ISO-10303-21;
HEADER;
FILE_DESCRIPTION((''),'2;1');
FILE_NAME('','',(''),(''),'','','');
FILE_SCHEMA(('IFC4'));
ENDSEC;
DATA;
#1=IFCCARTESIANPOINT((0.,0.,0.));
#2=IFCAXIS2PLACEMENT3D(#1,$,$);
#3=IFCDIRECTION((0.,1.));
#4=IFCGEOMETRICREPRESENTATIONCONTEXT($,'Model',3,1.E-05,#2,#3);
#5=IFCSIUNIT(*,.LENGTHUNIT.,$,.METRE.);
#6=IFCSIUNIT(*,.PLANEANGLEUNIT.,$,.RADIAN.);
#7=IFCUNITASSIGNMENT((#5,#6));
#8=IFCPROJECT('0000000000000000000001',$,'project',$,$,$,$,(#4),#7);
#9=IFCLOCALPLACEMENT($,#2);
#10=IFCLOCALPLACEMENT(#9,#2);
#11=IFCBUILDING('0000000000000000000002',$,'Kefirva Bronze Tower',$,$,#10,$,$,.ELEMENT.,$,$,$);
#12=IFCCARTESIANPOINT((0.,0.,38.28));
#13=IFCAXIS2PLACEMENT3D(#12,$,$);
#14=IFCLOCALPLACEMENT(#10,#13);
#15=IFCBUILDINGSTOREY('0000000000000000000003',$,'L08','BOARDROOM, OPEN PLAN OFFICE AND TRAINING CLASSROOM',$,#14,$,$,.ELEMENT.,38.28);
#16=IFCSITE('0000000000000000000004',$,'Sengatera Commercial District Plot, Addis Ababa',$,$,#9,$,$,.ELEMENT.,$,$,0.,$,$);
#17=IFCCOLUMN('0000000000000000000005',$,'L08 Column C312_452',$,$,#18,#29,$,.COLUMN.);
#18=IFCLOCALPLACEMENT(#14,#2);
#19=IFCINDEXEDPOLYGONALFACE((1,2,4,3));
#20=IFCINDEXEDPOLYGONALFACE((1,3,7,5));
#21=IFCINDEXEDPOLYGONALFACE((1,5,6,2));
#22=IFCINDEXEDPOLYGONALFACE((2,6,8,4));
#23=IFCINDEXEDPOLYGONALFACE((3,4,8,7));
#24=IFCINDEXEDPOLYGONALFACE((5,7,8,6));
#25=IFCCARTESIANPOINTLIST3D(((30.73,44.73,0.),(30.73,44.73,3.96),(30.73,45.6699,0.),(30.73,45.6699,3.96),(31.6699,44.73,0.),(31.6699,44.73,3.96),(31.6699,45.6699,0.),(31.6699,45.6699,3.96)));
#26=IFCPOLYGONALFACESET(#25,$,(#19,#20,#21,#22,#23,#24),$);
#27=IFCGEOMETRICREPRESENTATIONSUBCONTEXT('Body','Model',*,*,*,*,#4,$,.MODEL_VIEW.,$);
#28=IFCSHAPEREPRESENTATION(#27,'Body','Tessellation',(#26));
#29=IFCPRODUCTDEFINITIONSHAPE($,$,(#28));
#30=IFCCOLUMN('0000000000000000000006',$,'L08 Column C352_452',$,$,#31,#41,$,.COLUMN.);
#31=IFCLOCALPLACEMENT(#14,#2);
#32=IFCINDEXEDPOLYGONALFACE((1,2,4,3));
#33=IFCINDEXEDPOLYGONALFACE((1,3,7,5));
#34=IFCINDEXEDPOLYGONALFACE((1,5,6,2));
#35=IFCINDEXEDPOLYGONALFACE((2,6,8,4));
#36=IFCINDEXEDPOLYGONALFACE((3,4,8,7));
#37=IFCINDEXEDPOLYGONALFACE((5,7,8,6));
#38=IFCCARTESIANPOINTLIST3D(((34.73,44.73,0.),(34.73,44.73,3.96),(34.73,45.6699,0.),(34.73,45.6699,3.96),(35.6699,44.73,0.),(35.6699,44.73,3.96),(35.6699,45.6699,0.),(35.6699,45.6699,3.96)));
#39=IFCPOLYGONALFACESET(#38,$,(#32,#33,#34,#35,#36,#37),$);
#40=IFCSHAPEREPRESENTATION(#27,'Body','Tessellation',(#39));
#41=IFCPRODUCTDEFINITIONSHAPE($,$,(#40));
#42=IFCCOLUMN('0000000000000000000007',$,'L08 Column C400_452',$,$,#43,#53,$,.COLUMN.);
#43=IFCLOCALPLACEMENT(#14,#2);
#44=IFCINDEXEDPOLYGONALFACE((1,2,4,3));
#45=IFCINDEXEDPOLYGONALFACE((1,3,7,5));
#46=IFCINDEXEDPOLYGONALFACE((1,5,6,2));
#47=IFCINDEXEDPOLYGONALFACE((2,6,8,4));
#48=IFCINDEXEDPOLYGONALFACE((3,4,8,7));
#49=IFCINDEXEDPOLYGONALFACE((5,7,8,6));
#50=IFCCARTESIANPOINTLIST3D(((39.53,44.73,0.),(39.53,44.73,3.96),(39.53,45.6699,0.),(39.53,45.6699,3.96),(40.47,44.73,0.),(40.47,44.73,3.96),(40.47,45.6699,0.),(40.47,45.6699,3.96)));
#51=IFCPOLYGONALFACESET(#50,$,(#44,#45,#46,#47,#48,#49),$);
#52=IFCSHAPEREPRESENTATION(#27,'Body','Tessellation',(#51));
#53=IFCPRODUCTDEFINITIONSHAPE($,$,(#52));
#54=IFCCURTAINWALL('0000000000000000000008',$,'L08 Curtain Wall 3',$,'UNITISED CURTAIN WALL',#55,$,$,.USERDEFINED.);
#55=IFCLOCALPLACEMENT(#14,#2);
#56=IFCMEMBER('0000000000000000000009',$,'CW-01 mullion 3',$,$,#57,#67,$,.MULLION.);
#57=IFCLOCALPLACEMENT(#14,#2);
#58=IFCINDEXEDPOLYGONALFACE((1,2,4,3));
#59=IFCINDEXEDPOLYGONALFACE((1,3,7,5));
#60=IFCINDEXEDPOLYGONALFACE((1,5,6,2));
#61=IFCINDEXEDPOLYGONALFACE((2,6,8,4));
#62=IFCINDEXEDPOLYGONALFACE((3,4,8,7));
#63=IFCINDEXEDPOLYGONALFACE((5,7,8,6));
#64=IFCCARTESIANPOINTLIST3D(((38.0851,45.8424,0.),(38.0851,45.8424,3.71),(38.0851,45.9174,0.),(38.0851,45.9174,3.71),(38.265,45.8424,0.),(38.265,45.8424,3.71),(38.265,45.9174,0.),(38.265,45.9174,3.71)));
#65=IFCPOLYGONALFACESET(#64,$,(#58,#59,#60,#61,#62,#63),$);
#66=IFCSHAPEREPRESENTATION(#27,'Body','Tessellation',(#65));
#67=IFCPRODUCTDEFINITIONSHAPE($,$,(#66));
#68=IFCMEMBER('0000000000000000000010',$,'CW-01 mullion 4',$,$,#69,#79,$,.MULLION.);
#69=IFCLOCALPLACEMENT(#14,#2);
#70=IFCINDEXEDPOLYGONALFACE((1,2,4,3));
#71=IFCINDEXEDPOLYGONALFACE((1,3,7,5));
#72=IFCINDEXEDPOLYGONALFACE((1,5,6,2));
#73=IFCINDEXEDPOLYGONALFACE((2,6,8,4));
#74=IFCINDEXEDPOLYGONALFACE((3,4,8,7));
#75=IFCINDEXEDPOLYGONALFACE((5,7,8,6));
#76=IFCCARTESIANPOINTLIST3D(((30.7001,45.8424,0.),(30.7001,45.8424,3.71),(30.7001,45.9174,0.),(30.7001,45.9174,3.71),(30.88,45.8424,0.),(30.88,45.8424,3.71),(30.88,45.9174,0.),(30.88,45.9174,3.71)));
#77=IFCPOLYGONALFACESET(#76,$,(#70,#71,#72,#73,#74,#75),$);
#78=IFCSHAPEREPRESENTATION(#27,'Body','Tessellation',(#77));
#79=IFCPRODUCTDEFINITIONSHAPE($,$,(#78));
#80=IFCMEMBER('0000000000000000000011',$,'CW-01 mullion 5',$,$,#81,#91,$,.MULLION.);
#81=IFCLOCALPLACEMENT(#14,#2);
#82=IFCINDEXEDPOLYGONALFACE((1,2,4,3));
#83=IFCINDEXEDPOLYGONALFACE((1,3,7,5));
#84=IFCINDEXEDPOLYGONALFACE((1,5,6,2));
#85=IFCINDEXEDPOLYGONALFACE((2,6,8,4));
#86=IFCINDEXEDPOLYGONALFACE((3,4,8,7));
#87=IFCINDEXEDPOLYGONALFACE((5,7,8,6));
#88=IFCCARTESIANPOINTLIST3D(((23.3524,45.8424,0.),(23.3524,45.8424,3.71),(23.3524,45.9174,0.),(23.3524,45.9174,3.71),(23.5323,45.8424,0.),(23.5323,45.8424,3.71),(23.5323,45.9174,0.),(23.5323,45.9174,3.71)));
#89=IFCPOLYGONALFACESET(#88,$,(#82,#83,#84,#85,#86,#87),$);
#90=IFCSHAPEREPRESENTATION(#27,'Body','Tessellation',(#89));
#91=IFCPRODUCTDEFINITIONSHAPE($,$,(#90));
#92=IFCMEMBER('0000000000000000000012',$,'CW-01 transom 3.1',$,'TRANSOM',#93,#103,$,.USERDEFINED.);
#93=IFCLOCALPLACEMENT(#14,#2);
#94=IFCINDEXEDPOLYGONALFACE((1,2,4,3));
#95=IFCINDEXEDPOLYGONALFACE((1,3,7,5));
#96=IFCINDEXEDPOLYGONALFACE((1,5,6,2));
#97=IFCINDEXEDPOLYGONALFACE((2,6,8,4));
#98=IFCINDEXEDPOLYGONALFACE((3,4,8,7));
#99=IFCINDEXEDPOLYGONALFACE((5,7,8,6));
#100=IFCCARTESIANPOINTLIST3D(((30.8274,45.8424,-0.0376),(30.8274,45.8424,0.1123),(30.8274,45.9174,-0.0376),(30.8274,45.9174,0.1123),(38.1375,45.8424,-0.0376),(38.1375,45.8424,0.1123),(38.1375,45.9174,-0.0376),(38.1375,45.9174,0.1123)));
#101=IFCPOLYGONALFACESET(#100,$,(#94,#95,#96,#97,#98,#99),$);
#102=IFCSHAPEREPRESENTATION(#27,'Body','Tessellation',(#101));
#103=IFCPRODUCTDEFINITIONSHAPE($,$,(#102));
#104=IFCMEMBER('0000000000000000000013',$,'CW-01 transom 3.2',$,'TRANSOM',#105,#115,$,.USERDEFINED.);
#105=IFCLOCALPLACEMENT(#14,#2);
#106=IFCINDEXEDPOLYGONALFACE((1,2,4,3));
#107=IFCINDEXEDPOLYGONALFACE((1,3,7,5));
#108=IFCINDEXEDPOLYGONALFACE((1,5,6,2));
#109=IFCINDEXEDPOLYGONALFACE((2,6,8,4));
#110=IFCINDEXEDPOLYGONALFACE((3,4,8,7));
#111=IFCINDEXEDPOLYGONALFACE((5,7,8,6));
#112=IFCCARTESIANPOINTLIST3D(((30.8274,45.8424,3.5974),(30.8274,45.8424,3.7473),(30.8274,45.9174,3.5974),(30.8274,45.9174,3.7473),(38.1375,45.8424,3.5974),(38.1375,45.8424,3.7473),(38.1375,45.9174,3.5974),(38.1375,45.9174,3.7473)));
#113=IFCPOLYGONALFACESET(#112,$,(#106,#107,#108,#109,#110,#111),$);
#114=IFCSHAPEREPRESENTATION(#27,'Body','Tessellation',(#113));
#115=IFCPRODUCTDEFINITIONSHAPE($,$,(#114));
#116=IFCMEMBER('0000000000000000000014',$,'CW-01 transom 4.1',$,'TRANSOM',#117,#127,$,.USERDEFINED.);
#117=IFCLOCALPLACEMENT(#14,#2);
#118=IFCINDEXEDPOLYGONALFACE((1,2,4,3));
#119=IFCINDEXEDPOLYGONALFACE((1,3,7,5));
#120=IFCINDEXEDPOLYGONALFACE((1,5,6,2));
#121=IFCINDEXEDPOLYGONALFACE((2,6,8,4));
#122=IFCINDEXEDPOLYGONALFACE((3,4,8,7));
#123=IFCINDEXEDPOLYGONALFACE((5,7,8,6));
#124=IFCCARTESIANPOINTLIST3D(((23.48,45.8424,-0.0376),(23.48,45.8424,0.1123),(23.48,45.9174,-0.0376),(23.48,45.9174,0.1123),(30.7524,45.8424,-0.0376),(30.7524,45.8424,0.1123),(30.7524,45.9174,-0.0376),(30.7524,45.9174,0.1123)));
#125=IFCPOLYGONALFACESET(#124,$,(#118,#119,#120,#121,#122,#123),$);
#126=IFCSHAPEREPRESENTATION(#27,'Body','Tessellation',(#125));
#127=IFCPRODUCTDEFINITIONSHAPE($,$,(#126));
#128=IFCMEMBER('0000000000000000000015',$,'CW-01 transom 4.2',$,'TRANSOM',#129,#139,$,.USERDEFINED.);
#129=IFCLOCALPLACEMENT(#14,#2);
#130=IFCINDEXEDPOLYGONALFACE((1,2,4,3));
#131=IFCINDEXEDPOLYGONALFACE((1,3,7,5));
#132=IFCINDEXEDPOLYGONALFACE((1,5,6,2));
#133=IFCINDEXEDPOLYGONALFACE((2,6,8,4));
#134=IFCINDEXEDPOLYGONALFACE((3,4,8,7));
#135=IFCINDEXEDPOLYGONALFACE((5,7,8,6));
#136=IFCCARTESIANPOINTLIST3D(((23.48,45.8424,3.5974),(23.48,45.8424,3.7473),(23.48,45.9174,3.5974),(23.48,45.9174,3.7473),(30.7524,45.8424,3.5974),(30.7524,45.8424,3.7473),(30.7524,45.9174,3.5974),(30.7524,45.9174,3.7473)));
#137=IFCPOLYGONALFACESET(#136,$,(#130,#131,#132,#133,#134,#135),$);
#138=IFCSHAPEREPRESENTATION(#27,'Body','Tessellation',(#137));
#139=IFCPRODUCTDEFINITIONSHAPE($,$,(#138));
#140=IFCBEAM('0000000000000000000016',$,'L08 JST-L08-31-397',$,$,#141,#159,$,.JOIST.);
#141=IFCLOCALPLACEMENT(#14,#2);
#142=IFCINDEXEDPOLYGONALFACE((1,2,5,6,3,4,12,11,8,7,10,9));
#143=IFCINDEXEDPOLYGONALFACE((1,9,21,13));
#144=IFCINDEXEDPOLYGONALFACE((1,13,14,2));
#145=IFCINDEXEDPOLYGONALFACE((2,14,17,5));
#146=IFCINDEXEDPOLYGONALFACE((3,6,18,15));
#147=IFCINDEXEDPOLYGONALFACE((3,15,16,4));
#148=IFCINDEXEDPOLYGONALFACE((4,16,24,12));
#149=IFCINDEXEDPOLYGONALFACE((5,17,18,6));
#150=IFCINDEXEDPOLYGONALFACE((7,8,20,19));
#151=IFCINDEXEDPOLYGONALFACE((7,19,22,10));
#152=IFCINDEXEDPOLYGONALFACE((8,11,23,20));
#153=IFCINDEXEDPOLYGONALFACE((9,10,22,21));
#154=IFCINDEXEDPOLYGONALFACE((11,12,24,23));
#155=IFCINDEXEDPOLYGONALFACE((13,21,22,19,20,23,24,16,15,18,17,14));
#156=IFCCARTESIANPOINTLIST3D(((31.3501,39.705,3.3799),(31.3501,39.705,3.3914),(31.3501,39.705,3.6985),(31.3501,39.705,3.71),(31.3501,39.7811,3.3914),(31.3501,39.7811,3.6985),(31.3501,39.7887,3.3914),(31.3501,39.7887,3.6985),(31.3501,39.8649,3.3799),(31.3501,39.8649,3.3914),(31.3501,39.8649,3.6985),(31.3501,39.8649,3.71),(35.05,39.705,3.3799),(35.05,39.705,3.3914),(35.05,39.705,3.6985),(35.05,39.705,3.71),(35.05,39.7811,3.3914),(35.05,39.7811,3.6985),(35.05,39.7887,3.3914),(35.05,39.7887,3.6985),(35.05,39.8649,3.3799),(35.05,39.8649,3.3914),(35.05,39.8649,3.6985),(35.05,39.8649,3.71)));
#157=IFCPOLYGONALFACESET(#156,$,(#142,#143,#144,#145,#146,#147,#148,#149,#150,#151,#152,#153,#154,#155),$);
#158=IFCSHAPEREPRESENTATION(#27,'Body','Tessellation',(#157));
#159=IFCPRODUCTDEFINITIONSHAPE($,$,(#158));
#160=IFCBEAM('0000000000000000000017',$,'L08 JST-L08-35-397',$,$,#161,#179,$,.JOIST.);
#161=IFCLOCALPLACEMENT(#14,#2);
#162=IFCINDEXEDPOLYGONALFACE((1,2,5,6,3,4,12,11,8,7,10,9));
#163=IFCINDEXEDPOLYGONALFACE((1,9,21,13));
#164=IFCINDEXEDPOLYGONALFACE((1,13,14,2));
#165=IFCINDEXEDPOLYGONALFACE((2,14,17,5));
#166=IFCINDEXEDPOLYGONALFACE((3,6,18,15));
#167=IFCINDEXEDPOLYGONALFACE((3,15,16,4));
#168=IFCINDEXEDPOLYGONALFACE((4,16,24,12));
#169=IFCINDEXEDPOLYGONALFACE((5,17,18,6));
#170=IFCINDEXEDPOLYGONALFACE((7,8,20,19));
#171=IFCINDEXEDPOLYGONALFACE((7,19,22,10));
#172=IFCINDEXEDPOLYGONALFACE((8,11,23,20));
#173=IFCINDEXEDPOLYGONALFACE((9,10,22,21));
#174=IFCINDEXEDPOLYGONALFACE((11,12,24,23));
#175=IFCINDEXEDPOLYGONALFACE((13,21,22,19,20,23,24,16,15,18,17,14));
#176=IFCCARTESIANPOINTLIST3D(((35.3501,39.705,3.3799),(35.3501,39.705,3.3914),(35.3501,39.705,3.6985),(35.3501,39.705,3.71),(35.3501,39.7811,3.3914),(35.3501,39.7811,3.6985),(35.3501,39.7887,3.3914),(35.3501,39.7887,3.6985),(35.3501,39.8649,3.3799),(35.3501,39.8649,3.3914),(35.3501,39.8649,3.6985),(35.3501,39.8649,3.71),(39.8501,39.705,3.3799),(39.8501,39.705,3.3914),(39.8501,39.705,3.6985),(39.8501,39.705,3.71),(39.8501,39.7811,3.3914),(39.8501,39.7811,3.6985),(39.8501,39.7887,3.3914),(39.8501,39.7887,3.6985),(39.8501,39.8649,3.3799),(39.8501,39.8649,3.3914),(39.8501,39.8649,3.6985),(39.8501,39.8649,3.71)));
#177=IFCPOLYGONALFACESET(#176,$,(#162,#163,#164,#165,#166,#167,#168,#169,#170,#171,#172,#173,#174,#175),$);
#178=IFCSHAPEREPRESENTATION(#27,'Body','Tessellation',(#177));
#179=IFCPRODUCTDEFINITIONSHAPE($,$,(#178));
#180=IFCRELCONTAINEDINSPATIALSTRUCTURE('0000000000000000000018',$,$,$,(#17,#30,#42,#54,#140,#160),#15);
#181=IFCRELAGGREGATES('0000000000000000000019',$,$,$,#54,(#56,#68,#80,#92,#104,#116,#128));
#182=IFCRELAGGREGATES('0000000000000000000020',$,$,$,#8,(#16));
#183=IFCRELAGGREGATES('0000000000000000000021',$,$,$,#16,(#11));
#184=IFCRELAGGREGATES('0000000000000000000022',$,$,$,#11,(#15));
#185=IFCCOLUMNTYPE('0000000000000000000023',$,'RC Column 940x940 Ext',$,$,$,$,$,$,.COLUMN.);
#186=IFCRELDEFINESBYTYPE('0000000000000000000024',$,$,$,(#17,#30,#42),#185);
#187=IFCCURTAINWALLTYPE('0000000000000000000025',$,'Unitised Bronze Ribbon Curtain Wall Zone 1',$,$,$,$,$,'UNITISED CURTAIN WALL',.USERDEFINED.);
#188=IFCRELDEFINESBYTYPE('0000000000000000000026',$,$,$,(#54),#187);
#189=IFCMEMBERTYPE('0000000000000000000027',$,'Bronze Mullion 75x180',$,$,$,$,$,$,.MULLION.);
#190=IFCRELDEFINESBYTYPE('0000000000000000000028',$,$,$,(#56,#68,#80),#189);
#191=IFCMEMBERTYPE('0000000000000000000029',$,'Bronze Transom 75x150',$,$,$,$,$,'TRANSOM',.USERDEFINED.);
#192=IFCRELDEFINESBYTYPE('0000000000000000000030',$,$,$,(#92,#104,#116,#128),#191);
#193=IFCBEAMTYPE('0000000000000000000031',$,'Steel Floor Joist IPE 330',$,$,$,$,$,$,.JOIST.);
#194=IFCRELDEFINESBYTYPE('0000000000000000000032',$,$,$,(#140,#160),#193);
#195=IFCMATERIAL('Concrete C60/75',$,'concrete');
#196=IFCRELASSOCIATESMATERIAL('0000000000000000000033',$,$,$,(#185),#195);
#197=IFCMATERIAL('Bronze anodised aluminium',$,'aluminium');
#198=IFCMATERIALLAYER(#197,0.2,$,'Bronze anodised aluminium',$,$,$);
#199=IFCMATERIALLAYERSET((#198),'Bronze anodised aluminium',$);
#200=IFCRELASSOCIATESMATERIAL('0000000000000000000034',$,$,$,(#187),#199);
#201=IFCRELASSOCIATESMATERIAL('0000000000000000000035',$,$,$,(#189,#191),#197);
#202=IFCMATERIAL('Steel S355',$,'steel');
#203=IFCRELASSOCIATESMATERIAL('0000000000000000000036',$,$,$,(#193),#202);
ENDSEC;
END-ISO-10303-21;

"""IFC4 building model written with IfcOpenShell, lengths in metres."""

from ifc_helpers import new_model, si_unit, direction, frame, origin, origin_2d, place, context, subcontext, project, spatial, rectangle, i_section, extrude, material, layer, layer_set, material_profile, profile_set, type_object, element, aggregate, save


model = new_model("IFC4")

# Units and contexts
model_context = context("Model", 3, precision=1e-05, world=origin(), true_north=direction((0.0, 1.0)))
body_context = subcontext(model_context, "Body", "Model", "MODEL_VIEW")
ifc_project = project(units=[si_unit("LENGTHUNIT", "METRE"), si_unit("PLANEANGLEUNIT", "RADIAN")], contexts=[model_context])

# Site, building, storey
site_placement = place(None, origin())
site = spatial("IfcSite", under=ifc_project, at=site_placement, Name="Sengatera Commercial District Plot, Addis Ababa", CompositionType="ELEMENT", RefElevation=0.0)
building_placement = place(site_placement, origin())
building = spatial("IfcBuilding", under=site, at=building_placement, Name="Kefirva Bronze Tower", CompositionType="ELEMENT")
storey_placement = place(building_placement, frame((0.0, 0.0, 38.28)))
storey = spatial("IfcBuildingStorey", under=building, at=storey_placement, Name="L08", Description="BOARDROOM, OPEN PLAN OFFICE AND TRAINING CLASSROOM", CompositionType="ELEMENT", Elevation=38.28)

# Columns
ifc_material_1 = material(Name="Concrete C60/75", Category="concrete")
ifc_material_profile_1 = material_profile(ifc_material_1, rectangle(XDim=0.9399, YDim=0.9399, at=origin_2d()), Name="RC 940x940")
ifc_profile_set_1 = profile_set([ifc_material_profile_1], Name="Concrete C60/75")
column_type = type_object("IfcColumnType", Name="RC Column 940x940 Ext", PredefinedType="COLUMN", material=ifc_profile_set_1)
for number, where, z_axis, x_axis, name in (
    (1, (31.2, 45.2, 0.0), (0.0, 0.0, 1.0), (1.0, 0.0, 0.0), "L08 Column C312_452"),
    (2, (35.2, 45.2, 0.0), (0.0, 0.0, 1.0), (1.0, 0.0, 0.0), "L08 Column C352_452"),
    (3, (40.0, 45.2, 0.0), (0.0, 0.0, 1.0), (1.0, 0.0, 0.0), "L08 Column C400_452"),
):
    element("IfcColumn", number, at=place(storey_placement, frame(where, z_axis=z_axis, x_axis=x_axis)), inside=storey, type_object=column_type, Name=name, PredefinedType="COLUMN", context=body_context, shape_type="SweptSolid", body=[
        extrude(rectangle(XDim=0.9399, YDim=0.9399, at=origin_2d()), origin(), (0.0, 0.0, 1.0), 3.96),
    ])

# Curtain wall, members
ifc_material_2 = material(Name="Bronze anodised aluminium", Category="aluminium")
ifc_layer_1 = layer(ifc_material_2, 0.2, Name="Bronze anodised aluminium")
ifc_layer_set_1 = layer_set([ifc_layer_1], Name="Bronze anodised aluminium")
curtain_wall_type = type_object("IfcCurtainWallType", Name="Unitised Bronze Ribbon Curtain Wall Zone 1", ElementType="UNITISED CURTAIN WALL", PredefinedType="USERDEFINED", material=ifc_layer_set_1)
curtain_wall_placement = place(storey_placement, origin())
curtain_wall = element("IfcCurtainWall", 4, at=curtain_wall_placement, inside=storey, type_object=curtain_wall_type, Name="L08 Curtain Wall 3", ObjectType="UNITISED CURTAIN WALL", PredefinedType="USERDEFINED")
ifc_material_profile_2 = material_profile(ifc_material_2, rectangle(XDim=0.075, YDim=0.1799, at=origin_2d()), Name="ALU 75x180")
ifc_profile_set_2 = profile_set([ifc_material_profile_2], Name="Bronze anodised aluminium")
member_type_1 = type_object("IfcMemberType", Name="Bronze Mullion 75x180", PredefinedType="MULLION", material=ifc_profile_set_2)
member_1_placement = place(storey_placement, frame((38.175, 45.8799, 0.0), z_axis=(0.0, 0.0, 1.0), x_axis=(0.0, -1.0, 0.0)))
member_1 = element("IfcMember", 5, at=member_1_placement, type_object=member_type_1, Name="CW-01 mullion 3", PredefinedType="MULLION", context=body_context, shape_type="SweptSolid", body=[
    extrude(rectangle(XDim=0.075, YDim=0.1799, at=origin_2d()), origin(), (0.0, 0.0, 1.0), 3.71),
])
member_2_placement = place(storey_placement, frame((30.79, 45.8799, 0.0), z_axis=(0.0, 0.0, 1.0), x_axis=(0.0, -1.0, 0.0)))
member_2 = element("IfcMember", 6, at=member_2_placement, type_object=member_type_1, Name="CW-01 mullion 4", PredefinedType="MULLION", context=body_context, shape_type="SweptSolid", body=[
    extrude(rectangle(XDim=0.075, YDim=0.1799, at=origin_2d()), origin(), (0.0, 0.0, 1.0), 3.71),
])
member_3_placement = place(storey_placement, frame((23.4424, 45.8799, 0.0), z_axis=(0.0, 0.0, 1.0), x_axis=(0.0, -1.0, 0.0)))
member_3 = element("IfcMember", 7, at=member_3_placement, type_object=member_type_1, Name="CW-01 mullion 5", PredefinedType="MULLION", context=body_context, shape_type="SweptSolid", body=[
    extrude(rectangle(XDim=0.075, YDim=0.1799, at=origin_2d()), origin(), (0.0, 0.0, 1.0), 3.71),
])
ifc_material_profile_3 = material_profile(ifc_material_2, rectangle(XDim=0.075, YDim=0.1499, at=origin_2d()), Name="ALU 75x150")
ifc_profile_set_3 = profile_set([ifc_material_profile_3], Name="Bronze anodised aluminium")
member_type_2 = type_object("IfcMemberType", Name="Bronze Transom 75x150", ElementType="TRANSOM", PredefinedType="USERDEFINED", material=ifc_profile_set_3)
member_4_placement = place(storey_placement, frame((38.1375, 45.8799, 0.0374), z_axis=(-1.0, 0.0, 0.0), x_axis=(0.0, -1.0, 0.0)))
member_4 = element("IfcMember", 8, at=member_4_placement, type_object=member_type_2, Name="CW-01 transom 3.1", ObjectType="TRANSOM", PredefinedType="USERDEFINED", context=body_context, shape_type="SweptSolid", body=[
    extrude(rectangle(XDim=0.075, YDim=0.1499, at=origin_2d()), origin(), (0.0, 0.0, 1.0), 7.3101),
])
member_5_placement = place(storey_placement, frame((38.1375, 45.8799, 3.6724), z_axis=(-1.0, 0.0, 0.0), x_axis=(0.0, -1.0, 0.0)))
member_5 = element("IfcMember", 9, at=member_5_placement, type_object=member_type_2, Name="CW-01 transom 3.2", ObjectType="TRANSOM", PredefinedType="USERDEFINED", context=body_context, shape_type="SweptSolid", body=[
    extrude(rectangle(XDim=0.075, YDim=0.1499, at=origin_2d()), origin(), (0.0, 0.0, 1.0), 7.3101),
])
member_6_placement = place(storey_placement, frame((30.7524, 45.8799, 0.0374), z_axis=(-1.0, 0.0, 0.0), x_axis=(0.0, -1.0, 0.0)))
member_6 = element("IfcMember", 10, at=member_6_placement, type_object=member_type_2, Name="CW-01 transom 4.1", ObjectType="TRANSOM", PredefinedType="USERDEFINED", context=body_context, shape_type="SweptSolid", body=[
    extrude(rectangle(XDim=0.075, YDim=0.1499, at=origin_2d()), origin(), (0.0, 0.0, 1.0), 7.2725),
])
member_7_placement = place(storey_placement, frame((30.7524, 45.8799, 3.6724), z_axis=(-1.0, 0.0, 0.0), x_axis=(0.0, -1.0, 0.0)))
member_7 = element("IfcMember", 11, at=member_7_placement, type_object=member_type_2, Name="CW-01 transom 4.2", ObjectType="TRANSOM", PredefinedType="USERDEFINED", context=body_context, shape_type="SweptSolid", body=[
    extrude(rectangle(XDim=0.075, YDim=0.1499, at=origin_2d()), origin(), (0.0, 0.0, 1.0), 7.2725),
])

# Beams
ifc_material_3 = material(Name="Steel S355", Category="steel")
ifc_material_profile_4 = material_profile(ifc_material_3, i_section(OverallWidth=0.1599, OverallDepth=0.3301, WebThickness=0.0076, FlangeThickness=0.0115, at=origin_2d()), Name="IPE 330")
ifc_profile_set_4 = profile_set([ifc_material_profile_4], Name="Steel S355")
beam_type_1 = type_object("IfcBeamType", Name="Steel Floor Joist IPE 330", PredefinedType="JOIST", material=ifc_profile_set_4)
beam_1_placement = place(storey_placement, frame((31.3501, 39.7849, 3.5449), z_axis=(1.0, 0.0, 0.0), x_axis=(0.0, 1.0, 0.0)))
element("IfcBeam", 12, at=beam_1_placement, inside=storey, type_object=beam_type_1, Name="L08 JST-L08-31-397", PredefinedType="JOIST", context=body_context, shape_type="SweptSolid", body=[
    extrude(i_section(OverallWidth=0.1599, OverallDepth=0.3301, WebThickness=0.0076, FlangeThickness=0.0115, at=origin_2d()), origin(), (0.0, 0.0, 1.0), 3.7),
])
beam_2_placement = place(storey_placement, frame((35.3501, 39.7849, 3.5449), z_axis=(1.0, 0.0, 0.0), x_axis=(0.0, 1.0, 0.0)))
element("IfcBeam", 13, at=beam_2_placement, inside=storey, type_object=beam_type_1, Name="L08 JST-L08-35-397", PredefinedType="JOIST", context=body_context, shape_type="SweptSolid", body=[
    extrude(i_section(OverallWidth=0.1599, OverallDepth=0.3301, WebThickness=0.0076, FlangeThickness=0.0115, at=origin_2d()), origin(), (0.0, 0.0, 1.0), 4.5),
])

aggregate(curtain_wall, [member_1, member_2, member_3, member_4, member_5, member_6, member_7])

save(model, "model.ifc")
